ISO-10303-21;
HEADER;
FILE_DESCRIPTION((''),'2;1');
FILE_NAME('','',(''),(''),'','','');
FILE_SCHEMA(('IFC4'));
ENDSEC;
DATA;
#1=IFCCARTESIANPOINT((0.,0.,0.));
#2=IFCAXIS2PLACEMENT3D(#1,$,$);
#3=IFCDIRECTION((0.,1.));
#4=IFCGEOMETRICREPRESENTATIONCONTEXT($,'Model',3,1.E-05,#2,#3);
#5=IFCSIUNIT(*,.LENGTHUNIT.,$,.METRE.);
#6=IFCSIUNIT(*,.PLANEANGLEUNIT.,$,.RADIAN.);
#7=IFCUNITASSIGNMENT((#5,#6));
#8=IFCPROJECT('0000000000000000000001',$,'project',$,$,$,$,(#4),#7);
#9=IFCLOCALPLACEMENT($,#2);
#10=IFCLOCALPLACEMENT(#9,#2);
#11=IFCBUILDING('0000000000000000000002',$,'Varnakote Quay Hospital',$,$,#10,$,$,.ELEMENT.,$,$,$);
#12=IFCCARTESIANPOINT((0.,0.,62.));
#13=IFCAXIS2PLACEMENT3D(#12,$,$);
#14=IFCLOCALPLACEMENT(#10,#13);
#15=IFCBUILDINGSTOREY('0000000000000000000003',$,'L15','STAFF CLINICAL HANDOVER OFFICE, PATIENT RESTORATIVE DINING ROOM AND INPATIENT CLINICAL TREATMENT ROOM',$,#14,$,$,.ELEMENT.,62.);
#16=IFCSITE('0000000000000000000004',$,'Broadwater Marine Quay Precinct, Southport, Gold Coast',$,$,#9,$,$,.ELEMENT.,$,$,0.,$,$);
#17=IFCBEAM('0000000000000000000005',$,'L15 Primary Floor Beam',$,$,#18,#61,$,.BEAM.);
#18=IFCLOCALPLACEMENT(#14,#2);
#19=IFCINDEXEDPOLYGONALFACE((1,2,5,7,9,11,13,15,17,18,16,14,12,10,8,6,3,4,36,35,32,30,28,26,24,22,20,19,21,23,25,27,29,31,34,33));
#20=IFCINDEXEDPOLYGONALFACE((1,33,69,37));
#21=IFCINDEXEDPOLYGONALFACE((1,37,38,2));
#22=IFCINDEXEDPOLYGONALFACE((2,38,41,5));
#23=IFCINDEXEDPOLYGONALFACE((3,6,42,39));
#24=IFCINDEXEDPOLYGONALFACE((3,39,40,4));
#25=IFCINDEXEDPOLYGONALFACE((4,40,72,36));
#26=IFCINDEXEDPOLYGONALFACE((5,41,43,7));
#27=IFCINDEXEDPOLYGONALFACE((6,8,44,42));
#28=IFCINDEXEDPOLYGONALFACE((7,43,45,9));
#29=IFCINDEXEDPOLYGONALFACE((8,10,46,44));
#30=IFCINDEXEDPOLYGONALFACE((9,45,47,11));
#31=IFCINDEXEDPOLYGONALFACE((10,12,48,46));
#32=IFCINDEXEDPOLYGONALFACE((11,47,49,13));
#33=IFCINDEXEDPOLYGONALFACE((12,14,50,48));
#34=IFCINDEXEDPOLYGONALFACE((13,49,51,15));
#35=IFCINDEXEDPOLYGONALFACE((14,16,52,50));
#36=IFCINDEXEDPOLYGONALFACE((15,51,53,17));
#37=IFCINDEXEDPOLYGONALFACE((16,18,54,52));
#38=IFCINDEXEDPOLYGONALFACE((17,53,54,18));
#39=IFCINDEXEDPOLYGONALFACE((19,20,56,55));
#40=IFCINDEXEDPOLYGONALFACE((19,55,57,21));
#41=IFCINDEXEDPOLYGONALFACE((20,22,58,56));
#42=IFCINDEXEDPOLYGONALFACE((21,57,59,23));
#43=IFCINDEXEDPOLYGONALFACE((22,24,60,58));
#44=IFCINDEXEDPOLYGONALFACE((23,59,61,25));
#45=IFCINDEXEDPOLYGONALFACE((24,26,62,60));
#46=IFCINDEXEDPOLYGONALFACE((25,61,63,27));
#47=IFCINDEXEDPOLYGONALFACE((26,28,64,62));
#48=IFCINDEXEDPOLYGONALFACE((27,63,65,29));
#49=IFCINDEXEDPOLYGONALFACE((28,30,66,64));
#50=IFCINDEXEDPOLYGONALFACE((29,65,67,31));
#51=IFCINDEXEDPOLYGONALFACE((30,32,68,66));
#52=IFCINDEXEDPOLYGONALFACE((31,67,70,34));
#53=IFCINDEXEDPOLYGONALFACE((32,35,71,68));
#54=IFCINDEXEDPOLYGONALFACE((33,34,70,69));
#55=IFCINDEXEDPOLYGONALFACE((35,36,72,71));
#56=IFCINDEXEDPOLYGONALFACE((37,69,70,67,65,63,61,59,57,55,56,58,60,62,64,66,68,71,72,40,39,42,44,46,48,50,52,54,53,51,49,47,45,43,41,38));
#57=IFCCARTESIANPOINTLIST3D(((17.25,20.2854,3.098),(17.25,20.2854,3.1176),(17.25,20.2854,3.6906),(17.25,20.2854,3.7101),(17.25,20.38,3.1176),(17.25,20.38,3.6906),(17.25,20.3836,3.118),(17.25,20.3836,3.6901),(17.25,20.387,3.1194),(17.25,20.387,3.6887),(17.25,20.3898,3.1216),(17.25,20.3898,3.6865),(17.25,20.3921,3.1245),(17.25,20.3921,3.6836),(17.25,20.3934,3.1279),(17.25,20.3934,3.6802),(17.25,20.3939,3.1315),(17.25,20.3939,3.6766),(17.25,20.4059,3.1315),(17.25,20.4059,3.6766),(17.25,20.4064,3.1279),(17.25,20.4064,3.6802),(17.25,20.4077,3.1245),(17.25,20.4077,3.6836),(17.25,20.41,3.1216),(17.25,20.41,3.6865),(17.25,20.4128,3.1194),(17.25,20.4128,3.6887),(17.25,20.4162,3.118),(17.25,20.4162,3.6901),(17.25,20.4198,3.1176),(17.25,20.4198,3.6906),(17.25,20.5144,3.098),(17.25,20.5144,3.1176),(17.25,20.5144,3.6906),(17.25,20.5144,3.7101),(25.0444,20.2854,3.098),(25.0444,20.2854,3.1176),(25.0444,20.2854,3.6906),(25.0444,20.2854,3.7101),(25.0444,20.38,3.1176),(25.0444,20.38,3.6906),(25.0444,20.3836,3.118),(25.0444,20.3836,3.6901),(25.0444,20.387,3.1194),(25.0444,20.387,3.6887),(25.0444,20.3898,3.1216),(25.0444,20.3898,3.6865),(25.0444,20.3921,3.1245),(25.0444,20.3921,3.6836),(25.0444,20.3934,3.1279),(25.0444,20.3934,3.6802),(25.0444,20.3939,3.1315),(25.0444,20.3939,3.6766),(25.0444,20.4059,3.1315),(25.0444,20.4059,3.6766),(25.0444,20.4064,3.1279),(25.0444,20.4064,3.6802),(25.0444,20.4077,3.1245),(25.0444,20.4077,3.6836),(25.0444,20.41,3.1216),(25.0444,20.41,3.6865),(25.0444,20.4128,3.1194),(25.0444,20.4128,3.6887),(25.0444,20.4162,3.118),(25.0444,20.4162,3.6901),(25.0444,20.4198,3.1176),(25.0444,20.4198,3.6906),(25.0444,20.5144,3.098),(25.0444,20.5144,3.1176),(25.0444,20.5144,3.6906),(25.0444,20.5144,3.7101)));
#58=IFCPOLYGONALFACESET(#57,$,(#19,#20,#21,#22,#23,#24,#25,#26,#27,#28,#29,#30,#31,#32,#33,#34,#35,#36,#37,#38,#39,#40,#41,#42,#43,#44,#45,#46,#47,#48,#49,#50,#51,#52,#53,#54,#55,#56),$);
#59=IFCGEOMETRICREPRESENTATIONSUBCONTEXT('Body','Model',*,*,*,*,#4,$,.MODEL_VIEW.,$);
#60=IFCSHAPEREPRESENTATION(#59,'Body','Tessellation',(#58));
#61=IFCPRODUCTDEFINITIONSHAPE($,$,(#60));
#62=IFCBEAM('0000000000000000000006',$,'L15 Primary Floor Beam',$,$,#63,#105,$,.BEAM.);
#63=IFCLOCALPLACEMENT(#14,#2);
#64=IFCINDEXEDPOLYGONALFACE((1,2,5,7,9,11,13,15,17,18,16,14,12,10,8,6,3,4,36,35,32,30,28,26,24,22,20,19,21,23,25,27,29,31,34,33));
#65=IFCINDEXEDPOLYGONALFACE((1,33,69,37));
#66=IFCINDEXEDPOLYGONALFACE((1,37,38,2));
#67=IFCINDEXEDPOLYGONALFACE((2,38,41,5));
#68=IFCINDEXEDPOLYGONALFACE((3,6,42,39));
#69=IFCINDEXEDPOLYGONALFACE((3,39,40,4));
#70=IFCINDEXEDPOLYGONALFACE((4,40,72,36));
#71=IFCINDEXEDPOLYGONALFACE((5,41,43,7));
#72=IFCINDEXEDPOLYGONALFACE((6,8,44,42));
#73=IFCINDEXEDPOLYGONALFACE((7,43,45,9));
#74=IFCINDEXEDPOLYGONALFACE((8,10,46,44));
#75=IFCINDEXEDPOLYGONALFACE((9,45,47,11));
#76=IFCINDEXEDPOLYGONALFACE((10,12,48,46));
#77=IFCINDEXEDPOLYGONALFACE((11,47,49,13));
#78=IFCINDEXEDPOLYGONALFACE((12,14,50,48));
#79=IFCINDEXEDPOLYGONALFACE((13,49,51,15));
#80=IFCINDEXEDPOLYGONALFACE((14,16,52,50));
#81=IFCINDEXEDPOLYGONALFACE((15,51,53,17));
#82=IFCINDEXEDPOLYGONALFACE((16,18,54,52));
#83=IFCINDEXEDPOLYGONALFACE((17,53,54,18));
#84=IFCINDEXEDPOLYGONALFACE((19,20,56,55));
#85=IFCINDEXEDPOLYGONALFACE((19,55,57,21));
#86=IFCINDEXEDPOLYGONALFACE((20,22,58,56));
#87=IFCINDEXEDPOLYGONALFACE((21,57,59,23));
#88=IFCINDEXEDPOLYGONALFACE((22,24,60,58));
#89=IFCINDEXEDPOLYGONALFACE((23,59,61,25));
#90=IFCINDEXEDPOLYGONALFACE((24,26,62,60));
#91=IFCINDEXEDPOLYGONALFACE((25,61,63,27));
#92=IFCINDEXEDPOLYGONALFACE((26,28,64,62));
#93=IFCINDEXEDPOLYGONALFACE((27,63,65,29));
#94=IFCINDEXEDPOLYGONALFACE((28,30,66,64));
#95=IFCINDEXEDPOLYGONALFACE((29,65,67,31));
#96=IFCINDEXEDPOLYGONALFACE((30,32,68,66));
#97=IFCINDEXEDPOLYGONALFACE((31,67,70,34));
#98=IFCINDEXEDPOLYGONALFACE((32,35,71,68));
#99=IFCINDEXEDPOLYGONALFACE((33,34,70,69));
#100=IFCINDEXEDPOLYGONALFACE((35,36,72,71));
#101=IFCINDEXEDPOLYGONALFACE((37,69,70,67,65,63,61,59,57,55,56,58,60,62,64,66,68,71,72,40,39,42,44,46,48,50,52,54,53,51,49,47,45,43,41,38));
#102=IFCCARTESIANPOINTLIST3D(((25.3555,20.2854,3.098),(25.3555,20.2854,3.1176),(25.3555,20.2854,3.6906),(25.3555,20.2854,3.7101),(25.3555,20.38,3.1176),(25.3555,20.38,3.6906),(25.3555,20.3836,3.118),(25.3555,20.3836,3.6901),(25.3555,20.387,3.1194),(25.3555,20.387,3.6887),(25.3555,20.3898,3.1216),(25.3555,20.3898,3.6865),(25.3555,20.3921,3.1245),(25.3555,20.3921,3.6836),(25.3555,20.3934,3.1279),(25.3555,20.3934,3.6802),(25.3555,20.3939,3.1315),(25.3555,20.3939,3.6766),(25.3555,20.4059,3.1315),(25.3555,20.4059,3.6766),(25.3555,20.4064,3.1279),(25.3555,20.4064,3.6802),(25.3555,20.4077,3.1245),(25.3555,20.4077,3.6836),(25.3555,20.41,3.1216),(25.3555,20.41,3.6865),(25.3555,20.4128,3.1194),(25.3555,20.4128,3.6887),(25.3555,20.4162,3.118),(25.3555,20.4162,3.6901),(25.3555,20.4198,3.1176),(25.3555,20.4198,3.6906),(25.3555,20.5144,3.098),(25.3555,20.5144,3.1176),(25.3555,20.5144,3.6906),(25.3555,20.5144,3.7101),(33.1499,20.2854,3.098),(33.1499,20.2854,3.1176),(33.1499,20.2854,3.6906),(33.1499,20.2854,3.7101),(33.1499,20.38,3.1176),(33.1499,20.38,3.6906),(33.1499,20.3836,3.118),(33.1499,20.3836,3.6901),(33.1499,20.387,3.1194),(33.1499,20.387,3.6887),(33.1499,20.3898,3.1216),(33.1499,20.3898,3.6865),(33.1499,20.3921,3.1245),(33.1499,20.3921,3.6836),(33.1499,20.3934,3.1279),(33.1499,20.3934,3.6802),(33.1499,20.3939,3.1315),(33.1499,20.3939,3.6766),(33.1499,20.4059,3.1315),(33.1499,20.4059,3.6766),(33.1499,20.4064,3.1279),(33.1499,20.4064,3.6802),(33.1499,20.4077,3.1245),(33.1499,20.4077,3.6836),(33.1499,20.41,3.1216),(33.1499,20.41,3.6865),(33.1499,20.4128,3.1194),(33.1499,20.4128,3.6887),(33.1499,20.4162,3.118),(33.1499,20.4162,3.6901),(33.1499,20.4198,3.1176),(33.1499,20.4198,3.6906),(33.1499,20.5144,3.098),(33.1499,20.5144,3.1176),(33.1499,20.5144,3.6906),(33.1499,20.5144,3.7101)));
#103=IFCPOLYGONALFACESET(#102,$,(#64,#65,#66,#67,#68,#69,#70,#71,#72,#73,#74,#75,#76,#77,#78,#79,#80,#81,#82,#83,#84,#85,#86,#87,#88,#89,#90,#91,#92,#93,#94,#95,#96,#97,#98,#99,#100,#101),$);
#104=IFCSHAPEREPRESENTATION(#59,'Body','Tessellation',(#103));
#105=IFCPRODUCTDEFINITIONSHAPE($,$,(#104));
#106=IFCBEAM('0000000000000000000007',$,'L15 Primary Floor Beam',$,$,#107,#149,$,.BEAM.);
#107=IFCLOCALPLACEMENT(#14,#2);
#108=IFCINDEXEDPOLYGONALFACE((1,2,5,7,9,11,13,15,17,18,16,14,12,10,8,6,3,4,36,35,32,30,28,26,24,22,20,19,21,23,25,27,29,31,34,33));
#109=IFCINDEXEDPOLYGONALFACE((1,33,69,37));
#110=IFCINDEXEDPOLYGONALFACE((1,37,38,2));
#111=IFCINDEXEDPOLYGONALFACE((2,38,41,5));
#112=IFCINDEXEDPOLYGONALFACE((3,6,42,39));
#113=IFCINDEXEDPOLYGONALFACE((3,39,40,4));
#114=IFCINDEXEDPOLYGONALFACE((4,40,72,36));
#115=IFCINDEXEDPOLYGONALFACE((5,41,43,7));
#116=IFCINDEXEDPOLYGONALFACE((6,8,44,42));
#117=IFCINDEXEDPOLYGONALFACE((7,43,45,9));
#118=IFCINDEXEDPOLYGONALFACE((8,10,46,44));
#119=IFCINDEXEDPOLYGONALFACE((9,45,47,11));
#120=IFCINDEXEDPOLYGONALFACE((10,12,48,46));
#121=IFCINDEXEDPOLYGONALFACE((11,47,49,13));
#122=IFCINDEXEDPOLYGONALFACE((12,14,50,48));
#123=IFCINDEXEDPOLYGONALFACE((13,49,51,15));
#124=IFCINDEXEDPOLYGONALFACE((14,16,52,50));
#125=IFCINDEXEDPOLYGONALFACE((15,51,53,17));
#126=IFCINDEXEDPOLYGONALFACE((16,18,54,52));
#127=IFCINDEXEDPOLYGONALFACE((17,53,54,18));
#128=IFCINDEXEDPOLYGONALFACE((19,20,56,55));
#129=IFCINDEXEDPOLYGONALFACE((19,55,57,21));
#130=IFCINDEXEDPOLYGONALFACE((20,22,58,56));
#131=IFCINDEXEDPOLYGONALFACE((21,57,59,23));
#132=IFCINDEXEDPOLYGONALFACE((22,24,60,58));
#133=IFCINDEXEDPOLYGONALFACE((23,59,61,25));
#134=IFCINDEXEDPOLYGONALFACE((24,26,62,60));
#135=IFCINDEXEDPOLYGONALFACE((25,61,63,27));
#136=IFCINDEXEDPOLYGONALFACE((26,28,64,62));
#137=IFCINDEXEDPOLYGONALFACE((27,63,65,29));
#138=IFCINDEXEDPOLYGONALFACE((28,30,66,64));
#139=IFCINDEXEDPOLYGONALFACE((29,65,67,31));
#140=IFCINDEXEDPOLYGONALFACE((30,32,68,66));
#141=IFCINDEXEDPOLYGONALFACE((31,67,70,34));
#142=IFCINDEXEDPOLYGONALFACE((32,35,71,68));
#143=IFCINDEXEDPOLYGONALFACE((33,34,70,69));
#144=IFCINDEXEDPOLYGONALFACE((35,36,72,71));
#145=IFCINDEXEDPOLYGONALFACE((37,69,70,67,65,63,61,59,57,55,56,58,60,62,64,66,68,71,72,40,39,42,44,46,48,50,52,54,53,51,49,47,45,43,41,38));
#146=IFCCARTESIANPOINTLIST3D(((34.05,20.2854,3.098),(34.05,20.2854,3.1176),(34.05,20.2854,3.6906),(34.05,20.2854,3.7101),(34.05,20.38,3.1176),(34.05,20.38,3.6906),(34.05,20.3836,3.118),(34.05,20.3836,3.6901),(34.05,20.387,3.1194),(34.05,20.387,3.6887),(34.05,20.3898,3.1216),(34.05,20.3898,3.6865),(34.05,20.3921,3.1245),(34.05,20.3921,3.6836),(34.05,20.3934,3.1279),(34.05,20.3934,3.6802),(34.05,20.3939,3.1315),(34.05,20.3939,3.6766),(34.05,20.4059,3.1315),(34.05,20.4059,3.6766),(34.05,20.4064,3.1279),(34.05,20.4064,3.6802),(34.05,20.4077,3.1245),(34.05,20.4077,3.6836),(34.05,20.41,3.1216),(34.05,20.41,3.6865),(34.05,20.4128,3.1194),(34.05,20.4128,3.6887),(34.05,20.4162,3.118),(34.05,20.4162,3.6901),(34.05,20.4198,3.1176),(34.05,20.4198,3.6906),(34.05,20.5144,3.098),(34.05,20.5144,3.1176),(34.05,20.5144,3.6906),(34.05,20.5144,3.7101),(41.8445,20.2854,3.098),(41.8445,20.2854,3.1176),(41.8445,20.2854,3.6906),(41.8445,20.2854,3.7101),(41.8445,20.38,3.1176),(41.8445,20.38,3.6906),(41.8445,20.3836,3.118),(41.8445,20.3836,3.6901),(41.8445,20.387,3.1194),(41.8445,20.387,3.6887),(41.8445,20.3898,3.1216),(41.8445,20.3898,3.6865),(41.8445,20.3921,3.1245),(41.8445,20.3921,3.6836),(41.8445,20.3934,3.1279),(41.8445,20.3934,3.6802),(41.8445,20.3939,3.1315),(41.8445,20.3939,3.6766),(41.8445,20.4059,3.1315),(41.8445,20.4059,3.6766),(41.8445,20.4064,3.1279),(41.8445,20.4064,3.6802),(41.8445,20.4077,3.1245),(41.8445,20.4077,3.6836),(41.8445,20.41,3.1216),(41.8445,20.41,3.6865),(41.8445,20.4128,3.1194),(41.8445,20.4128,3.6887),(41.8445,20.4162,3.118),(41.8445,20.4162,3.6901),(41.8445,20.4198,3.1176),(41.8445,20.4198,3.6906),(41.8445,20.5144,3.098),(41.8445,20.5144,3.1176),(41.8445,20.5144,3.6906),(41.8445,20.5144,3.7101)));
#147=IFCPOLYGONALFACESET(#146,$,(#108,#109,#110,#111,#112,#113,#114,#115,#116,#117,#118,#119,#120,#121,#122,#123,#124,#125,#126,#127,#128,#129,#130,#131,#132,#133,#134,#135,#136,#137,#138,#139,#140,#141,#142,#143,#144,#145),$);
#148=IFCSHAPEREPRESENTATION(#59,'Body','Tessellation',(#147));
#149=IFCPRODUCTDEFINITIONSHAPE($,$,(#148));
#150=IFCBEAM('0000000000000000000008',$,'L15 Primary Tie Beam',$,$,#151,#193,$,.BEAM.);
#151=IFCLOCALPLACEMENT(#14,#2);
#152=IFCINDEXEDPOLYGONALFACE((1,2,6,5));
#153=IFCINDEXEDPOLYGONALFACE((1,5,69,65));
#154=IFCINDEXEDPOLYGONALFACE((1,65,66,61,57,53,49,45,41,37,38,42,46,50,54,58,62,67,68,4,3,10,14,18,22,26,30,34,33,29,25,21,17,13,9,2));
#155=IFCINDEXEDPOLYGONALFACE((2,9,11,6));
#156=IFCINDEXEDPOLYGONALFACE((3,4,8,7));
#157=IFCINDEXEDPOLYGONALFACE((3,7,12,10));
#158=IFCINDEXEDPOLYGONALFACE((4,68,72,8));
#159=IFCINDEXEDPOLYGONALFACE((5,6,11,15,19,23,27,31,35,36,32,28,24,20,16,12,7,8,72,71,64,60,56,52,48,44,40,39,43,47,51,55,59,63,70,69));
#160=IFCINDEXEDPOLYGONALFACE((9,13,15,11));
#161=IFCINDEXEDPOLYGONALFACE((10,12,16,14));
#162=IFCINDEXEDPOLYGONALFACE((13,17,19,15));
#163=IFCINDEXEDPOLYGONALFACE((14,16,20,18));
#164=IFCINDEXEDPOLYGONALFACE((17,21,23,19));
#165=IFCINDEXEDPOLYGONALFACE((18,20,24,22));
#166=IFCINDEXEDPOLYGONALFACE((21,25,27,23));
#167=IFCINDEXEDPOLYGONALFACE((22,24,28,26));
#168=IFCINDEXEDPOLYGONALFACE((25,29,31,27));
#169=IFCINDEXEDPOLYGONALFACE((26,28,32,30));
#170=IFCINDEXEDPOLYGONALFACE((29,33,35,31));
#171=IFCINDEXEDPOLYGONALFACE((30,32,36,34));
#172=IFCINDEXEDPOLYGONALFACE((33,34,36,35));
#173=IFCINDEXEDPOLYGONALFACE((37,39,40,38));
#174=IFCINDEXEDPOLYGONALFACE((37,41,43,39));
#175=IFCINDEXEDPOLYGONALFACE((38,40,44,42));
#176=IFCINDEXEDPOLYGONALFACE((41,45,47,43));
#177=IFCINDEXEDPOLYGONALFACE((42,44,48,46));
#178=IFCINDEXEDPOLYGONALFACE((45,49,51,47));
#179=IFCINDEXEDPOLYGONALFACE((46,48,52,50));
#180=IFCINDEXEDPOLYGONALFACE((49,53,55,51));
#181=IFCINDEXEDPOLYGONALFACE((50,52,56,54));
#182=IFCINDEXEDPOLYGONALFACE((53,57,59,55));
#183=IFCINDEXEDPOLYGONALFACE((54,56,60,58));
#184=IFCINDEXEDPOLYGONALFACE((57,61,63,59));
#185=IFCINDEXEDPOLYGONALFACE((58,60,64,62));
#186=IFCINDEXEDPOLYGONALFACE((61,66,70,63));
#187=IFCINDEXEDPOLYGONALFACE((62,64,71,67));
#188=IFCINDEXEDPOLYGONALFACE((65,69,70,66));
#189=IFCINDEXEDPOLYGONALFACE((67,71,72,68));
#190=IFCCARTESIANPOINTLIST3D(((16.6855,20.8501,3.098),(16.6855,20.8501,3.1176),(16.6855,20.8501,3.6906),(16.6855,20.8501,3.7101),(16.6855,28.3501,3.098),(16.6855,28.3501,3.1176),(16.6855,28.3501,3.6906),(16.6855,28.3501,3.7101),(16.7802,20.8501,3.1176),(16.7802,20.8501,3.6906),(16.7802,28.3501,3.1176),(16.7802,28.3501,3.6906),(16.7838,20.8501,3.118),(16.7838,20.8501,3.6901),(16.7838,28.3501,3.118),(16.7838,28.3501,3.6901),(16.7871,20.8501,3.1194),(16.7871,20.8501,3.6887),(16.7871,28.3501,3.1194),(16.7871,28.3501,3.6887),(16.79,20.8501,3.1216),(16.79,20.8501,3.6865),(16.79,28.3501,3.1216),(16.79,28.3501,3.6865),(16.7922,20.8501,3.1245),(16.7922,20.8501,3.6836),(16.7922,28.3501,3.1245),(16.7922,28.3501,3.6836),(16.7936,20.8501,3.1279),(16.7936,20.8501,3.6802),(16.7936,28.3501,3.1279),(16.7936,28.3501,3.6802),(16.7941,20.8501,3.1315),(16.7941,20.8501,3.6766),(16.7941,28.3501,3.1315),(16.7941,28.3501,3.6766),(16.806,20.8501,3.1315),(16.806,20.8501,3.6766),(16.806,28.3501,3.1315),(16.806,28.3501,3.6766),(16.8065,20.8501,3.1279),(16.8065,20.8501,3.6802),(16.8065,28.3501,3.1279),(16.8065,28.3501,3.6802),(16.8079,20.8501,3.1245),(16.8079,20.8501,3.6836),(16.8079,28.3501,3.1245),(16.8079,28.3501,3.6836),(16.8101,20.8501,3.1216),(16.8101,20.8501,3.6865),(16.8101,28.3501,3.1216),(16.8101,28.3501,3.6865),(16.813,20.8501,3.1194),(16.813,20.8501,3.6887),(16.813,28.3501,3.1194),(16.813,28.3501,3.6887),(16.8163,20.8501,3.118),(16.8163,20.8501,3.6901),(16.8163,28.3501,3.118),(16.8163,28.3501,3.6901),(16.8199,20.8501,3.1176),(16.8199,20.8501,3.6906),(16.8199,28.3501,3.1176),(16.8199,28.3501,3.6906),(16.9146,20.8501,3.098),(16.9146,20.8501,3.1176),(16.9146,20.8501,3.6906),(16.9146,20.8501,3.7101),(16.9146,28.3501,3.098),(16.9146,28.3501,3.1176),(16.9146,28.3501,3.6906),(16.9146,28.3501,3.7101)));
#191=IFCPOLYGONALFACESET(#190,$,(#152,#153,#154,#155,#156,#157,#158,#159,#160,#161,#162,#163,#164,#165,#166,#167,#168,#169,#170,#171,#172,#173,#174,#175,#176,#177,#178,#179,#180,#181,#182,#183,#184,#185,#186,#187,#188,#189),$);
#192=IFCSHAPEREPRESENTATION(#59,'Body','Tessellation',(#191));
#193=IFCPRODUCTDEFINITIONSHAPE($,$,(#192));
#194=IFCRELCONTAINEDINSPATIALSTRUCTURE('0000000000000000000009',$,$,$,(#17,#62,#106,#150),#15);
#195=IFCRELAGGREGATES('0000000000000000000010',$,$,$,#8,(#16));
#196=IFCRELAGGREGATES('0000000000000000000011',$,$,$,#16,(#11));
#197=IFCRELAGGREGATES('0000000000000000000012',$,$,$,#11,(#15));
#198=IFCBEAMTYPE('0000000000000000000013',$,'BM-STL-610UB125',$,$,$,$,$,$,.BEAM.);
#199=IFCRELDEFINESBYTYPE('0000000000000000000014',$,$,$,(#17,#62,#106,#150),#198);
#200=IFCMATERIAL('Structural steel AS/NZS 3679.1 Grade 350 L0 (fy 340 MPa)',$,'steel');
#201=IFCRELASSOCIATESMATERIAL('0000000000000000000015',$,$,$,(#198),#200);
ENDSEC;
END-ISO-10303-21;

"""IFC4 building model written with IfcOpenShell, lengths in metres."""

from ifc_helpers import new_model, si_unit, direction, frame, origin, origin_2d, place, context, subcontext, project, spatial, i_section, extrude, material, material_profile, profile_set, type_object, element, save


model = new_model("IFC4")

# Units and contexts
model_context = context("Model", 3, precision=1e-05, world=origin(), true_north=direction((0.0, 1.0)))
body_context = subcontext(model_context, "Body", "Model", "MODEL_VIEW")
ifc_project = project(units=[si_unit("LENGTHUNIT", "METRE"), si_unit("PLANEANGLEUNIT", "RADIAN")], contexts=[model_context])

# Site, building, storey
site_placement = place(None, origin())
site = spatial("IfcSite", under=ifc_project, at=site_placement, Name="Broadwater Marine Quay Precinct, Southport, Gold Coast", CompositionType="ELEMENT", RefElevation=0.0)
building_placement = place(site_placement, origin())
building = spatial("IfcBuilding", under=site, at=building_placement, Name="Varnakote Quay Hospital", CompositionType="ELEMENT")
storey_placement = place(building_placement, frame((0.0, 0.0, 62.0)))
storey = spatial("IfcBuildingStorey", under=building, at=storey_placement, Name="L15", Description="STAFF CLINICAL HANDOVER OFFICE, PATIENT RESTORATIVE DINING ROOM AND INPATIENT CLINICAL TREATMENT ROOM", CompositionType="ELEMENT", Elevation=62.0)

# Beams
ifc_material_1 = material(Name="Structural steel AS/NZS 3679.1 Grade 350 L0 (fy 340 MPa)", Category="steel")
ifc_material_profile_1 = material_profile(ifc_material_1, i_section(OverallWidth=0.229, OverallDepth=0.6121, WebThickness=0.012, FlangeThickness=0.0195, FilletRadius=0.0139, at=origin_2d()), Name="610UB125")
ifc_profile_set_1 = profile_set([ifc_material_profile_1], Name="Structural steel AS/NZS 3679.1 Grade 350 L0 (fy 340 MPa)")
beam_type_1 = type_object("IfcBeamType", Name="BM-STL-610UB125", PredefinedType="BEAM", material=ifc_profile_set_1)
for number, where, z_axis, x_axis, name in (
    (1, (17.25, 20.3999, 3.4041), (1.0, 0.0, 0.0), (0.0, 1.0, 0.0), "L15 Primary Floor Beam"),
    (2, (25.3555, 20.3999, 3.4041), (1.0, 0.0, 0.0), (0.0, 1.0, 0.0), "L15 Primary Floor Beam"),
    (3, (34.05, 20.3999, 3.4041), (1.0, 0.0, 0.0), (0.0, 1.0, 0.0), "L15 Primary Floor Beam"),
):
    element("IfcBeam", number, at=place(storey_placement, frame(where, z_axis=z_axis, x_axis=x_axis)), inside=storey, type_object=beam_type_1, Name=name, PredefinedType="BEAM", context=body_context, shape_type="SweptSolid", body=[
        extrude(i_section(OverallWidth=0.229, OverallDepth=0.6121, WebThickness=0.012, FlangeThickness=0.0195, FilletRadius=0.0139, at=origin_2d()), origin(), (0.0, 0.0, 1.0), 7.7944),
    ])
beam_1_placement = place(storey_placement, frame((16.8, 20.8501, 3.4041), z_axis=(0.0, 1.0, 0.0), x_axis=(-1.0, 0.0, 0.0)))
element("IfcBeam", 4, at=beam_1_placement, inside=storey, type_object=beam_type_1, Name="L15 Primary Tie Beam", PredefinedType="BEAM", context=body_context, shape_type="SweptSolid", body=[
    extrude(i_section(OverallWidth=0.229, OverallDepth=0.6121, WebThickness=0.012, FlangeThickness=0.0195, FilletRadius=0.0139, at=origin_2d()), origin(), (0.0, 0.0, 1.0), 7.5),
])

save(model, "model.ifc")
